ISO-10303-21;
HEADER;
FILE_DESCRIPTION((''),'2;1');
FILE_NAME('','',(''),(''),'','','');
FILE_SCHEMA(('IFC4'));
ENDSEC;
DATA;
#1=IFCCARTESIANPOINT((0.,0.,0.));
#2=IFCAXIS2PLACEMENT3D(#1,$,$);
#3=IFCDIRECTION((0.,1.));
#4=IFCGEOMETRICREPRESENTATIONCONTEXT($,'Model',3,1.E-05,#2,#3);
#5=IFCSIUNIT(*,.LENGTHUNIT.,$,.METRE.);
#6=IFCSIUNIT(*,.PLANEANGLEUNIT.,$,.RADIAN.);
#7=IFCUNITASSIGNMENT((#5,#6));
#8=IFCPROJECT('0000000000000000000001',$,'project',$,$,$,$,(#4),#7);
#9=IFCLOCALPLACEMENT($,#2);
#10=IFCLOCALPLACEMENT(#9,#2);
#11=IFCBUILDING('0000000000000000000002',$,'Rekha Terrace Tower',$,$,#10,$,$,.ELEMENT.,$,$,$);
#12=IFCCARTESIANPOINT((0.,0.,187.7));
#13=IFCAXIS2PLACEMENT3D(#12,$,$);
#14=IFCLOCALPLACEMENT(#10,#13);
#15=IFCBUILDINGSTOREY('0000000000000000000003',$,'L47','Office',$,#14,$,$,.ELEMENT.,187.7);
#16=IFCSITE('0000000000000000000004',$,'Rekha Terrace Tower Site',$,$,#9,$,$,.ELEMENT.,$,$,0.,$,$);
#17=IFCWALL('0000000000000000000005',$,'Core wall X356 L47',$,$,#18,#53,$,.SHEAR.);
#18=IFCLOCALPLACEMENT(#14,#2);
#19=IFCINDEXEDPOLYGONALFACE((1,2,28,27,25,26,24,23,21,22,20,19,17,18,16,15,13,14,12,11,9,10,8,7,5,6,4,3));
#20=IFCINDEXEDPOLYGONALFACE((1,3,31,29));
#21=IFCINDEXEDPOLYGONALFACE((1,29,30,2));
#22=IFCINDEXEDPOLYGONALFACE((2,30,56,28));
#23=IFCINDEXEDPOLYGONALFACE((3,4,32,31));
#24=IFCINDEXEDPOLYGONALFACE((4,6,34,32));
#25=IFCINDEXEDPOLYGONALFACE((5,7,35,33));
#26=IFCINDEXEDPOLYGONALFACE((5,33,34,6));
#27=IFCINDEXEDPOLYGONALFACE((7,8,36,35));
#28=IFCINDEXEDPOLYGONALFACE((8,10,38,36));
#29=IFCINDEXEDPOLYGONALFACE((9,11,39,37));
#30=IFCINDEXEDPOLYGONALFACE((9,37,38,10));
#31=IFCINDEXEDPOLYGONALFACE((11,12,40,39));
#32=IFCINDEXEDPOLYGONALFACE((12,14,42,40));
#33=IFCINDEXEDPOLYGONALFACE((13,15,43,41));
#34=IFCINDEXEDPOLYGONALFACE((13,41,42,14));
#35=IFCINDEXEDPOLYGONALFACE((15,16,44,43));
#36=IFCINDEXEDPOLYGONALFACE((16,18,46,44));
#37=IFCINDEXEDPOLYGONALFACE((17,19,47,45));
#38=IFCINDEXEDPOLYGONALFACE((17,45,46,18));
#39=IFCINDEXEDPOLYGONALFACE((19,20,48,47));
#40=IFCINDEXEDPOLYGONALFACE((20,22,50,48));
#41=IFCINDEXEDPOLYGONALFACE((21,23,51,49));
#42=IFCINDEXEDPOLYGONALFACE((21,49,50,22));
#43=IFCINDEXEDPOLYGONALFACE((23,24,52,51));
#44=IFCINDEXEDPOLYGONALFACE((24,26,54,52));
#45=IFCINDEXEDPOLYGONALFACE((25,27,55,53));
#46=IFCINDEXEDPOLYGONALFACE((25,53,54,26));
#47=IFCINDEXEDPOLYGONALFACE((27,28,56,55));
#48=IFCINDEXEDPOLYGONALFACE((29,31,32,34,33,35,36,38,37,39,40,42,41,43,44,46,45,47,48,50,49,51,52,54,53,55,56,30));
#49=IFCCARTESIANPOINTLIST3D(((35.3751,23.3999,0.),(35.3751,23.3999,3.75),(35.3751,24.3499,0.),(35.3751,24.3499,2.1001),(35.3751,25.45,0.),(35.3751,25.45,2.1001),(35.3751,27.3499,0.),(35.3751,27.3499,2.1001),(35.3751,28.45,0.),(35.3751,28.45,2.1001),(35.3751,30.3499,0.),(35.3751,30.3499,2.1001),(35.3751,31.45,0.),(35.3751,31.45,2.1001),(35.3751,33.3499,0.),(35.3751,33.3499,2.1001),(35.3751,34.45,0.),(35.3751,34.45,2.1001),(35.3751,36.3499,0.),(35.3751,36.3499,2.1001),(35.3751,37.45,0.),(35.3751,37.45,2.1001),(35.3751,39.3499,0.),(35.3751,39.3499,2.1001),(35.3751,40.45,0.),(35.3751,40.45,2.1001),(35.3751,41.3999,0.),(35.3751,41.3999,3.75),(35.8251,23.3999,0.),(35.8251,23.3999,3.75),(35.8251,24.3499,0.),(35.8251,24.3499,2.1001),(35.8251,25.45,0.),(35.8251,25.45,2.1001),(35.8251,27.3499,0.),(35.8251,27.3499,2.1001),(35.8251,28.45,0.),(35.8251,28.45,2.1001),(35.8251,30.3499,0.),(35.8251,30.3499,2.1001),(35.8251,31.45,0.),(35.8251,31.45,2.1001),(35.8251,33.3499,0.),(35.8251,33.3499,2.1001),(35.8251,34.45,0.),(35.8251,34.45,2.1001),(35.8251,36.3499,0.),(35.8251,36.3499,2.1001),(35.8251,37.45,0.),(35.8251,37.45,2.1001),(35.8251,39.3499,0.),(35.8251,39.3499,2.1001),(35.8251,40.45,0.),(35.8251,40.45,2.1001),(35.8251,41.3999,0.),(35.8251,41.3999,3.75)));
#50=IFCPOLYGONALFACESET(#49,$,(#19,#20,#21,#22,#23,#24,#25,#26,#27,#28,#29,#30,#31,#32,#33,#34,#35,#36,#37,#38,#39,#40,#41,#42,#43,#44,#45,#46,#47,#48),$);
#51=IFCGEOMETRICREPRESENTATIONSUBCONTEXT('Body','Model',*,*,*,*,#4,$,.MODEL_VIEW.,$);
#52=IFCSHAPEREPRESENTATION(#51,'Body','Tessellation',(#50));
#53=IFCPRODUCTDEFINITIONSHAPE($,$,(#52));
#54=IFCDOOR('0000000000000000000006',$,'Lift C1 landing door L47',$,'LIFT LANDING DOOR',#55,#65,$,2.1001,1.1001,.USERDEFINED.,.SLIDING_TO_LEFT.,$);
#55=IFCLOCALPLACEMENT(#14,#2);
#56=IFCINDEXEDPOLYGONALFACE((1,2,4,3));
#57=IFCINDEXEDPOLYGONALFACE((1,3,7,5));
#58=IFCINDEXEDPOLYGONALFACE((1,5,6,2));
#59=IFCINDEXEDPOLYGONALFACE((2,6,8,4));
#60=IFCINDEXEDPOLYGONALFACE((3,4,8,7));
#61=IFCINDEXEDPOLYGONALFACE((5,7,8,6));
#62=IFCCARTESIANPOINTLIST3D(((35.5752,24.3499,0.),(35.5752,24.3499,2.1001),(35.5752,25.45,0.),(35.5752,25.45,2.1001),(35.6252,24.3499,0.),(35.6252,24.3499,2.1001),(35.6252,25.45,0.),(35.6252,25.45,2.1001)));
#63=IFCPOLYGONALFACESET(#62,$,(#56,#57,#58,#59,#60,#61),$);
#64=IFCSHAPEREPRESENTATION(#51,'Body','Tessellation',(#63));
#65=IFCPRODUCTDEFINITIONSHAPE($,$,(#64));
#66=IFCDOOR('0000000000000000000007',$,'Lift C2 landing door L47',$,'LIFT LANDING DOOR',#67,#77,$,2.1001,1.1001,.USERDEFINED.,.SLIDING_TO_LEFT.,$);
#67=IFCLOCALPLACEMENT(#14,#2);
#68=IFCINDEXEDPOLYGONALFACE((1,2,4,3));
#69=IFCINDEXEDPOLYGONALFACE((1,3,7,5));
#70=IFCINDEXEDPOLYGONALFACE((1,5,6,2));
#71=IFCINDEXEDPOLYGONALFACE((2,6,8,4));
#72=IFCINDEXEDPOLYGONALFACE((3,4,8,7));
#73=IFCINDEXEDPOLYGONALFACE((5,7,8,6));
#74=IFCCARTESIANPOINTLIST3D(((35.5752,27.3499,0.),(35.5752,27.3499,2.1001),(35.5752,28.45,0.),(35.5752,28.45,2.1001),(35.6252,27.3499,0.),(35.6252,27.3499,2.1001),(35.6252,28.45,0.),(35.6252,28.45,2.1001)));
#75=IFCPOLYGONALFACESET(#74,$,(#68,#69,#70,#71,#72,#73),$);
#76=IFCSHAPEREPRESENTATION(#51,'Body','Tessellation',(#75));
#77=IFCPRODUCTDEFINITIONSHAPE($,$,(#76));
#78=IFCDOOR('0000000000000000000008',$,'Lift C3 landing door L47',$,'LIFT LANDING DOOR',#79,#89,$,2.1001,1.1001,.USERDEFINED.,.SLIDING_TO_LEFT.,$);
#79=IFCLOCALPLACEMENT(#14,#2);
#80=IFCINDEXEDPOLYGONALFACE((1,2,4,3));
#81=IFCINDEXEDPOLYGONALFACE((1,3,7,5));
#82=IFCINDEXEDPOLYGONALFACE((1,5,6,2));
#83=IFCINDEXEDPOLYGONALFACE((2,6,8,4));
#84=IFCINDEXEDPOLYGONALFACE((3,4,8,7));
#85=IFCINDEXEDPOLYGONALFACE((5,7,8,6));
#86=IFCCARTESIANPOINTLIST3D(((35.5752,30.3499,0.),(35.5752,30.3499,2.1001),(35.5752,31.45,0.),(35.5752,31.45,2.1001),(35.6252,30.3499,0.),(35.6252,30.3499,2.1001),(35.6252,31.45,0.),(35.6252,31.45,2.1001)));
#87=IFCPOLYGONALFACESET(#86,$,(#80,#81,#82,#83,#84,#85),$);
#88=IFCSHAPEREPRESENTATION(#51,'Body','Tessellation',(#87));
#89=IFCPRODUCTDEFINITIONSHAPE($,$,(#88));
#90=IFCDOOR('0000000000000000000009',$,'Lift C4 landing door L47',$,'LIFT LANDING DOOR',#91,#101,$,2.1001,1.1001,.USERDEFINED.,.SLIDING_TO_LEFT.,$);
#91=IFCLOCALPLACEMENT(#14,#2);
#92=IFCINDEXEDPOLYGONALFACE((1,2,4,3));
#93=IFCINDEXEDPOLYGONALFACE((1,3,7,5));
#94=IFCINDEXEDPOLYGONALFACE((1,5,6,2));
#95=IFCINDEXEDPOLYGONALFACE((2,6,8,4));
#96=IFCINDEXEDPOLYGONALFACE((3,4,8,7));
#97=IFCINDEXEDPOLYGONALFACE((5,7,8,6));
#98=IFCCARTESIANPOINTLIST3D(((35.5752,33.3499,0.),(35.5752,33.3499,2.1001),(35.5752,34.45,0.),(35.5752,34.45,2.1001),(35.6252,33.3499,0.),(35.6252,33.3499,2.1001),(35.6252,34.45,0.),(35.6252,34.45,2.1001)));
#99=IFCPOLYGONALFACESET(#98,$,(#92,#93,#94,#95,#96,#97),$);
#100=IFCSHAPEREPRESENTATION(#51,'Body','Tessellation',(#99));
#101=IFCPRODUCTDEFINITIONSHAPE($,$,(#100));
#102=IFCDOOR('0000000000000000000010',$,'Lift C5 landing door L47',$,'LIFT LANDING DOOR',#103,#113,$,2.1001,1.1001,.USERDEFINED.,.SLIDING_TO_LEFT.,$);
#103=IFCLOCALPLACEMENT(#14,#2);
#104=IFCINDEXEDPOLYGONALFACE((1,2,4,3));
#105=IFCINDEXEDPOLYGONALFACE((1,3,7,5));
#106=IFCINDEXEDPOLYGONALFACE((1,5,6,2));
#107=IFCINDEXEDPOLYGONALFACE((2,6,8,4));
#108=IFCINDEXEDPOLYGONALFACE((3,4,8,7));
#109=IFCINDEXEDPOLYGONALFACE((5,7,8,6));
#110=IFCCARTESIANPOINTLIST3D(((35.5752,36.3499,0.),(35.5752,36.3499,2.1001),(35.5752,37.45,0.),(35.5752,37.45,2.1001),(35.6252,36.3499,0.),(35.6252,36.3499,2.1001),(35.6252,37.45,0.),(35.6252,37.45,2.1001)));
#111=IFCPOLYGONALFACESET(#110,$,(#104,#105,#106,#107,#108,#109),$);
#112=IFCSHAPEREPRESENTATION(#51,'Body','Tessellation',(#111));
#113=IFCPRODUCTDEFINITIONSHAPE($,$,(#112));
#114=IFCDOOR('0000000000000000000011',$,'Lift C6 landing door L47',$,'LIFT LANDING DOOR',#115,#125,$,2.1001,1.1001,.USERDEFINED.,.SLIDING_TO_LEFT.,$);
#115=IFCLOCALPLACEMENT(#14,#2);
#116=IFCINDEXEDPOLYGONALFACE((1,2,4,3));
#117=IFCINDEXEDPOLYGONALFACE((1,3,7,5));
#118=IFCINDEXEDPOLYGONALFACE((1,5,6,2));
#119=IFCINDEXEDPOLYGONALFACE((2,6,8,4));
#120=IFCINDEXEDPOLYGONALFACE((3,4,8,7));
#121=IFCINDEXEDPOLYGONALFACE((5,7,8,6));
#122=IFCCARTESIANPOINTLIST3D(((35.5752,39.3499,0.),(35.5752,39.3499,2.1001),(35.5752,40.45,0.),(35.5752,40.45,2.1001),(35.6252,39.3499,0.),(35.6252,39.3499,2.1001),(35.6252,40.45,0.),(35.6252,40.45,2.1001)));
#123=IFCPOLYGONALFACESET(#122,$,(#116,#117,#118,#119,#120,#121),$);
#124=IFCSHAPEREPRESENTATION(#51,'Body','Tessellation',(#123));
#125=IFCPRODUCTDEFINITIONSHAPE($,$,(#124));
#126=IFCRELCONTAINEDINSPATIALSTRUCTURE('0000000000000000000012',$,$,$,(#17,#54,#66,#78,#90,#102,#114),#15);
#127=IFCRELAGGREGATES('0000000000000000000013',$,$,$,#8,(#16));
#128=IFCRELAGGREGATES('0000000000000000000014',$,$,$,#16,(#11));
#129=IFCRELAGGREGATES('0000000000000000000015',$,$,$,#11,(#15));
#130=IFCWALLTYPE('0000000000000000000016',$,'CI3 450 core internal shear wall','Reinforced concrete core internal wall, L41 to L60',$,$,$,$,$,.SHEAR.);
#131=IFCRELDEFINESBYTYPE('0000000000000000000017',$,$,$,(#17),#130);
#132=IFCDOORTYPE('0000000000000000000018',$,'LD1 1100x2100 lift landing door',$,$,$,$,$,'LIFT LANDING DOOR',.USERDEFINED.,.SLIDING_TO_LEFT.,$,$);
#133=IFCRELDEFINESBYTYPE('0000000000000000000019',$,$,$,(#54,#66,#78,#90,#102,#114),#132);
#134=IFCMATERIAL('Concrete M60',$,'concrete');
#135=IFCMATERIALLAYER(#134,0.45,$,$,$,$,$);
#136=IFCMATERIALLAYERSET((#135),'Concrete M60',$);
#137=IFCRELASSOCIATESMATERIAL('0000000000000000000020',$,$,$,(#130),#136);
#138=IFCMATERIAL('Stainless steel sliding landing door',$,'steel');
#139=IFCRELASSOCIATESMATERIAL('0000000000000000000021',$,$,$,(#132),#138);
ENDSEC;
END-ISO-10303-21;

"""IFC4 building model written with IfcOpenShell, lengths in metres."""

from ifc_helpers import new_model, si_unit, direction, frame, frame_2d, origin, place, context, subcontext, project, spatial, rectangle, extrude, material, layer, layer_set, type_object, element, fill, save


model = new_model("IFC4")

# Units and contexts
model_context = context("Model", 3, precision=1e-05, world=origin(), true_north=direction((0.0, 1.0)))
body_context = subcontext(model_context, "Body", "Model", "MODEL_VIEW")
ifc_project = project(units=[si_unit("LENGTHUNIT", "METRE"), si_unit("PLANEANGLEUNIT", "RADIAN")], contexts=[model_context])

# Site, building, storey
site_placement = place(None, origin())
site = spatial("IfcSite", under=ifc_project, at=site_placement, Name="Rekha Terrace Tower Site", CompositionType="ELEMENT", RefElevation=0.0)
building_placement = place(site_placement, origin())
building = spatial("IfcBuilding", under=site, at=building_placement, Name="Rekha Terrace Tower", CompositionType="ELEMENT")
storey_placement = place(building_placement, frame((0.0, 0.0, 187.7)))
storey = spatial("IfcBuildingStorey", under=building, at=storey_placement, Name="L47", Description="Office", CompositionType="ELEMENT", Elevation=187.7)

# Shared definitions
ifc_material_1 = material(Name="Concrete M60", Category="concrete")

# Wall, openings, doors
ifc_layer_1 = layer(ifc_material_1, 0.45)
ifc_layer_set_1 = layer_set([ifc_layer_1], Name="Concrete M60")
wall_type_1 = type_object("IfcWallType", Name="CI3 450 core internal shear wall", Description="Reinforced concrete core internal wall, L41 to L60", PredefinedType="SHEAR", material=ifc_layer_set_1)
wall_1_placement = place(storey_placement, frame((35.6001, 23.3999, 0.0), z_axis=(0.0, 0.0, 1.0), x_axis=(0.0, 1.0, 0.0)))
wall_1 = element("IfcWall", 1, at=wall_1_placement, inside=storey, type_object=wall_type_1, Name="Core wall X356 L47", PredefinedType="SHEAR", context=body_context, shape_type="SweptSolid", body=[
    extrude(rectangle(XDim=18.0, YDim=0.45, at=frame_2d((9.0, 0.0))), origin(), (0.0, 0.0, 1.0), 3.75),
])
opening_1_placement = place(wall_1_placement, frame((0.95, 0.0, 0.0)))
opening_1 = element("IfcOpeningElement", 2, at=opening_1_placement, cuts=wall_1, PredefinedType="OPENING", context=body_context, shape_type="SweptSolid", body=[
    extrude(rectangle(XDim=1.1001, YDim=2.1001, at=frame_2d((0.55, 1.05))), frame((0.0, 0.2349, 0.0), z_axis=(0.0, -1.0, 0.0), x_axis=(1.0, 0.0, 0.0)), (0.0, 0.0, 1.0), 0.47),
])
opening_2_placement = place(wall_1_placement, frame((3.95, 0.0, 0.0)))
opening_2 = element("IfcOpeningElement", 3, at=opening_2_placement, cuts=wall_1, PredefinedType="OPENING", context=body_context, shape_type="SweptSolid", body=[
    extrude(rectangle(XDim=1.1001, YDim=2.1001, at=frame_2d((0.55, 1.05))), frame((0.0, 0.2349, 0.0), z_axis=(0.0, -1.0, 0.0), x_axis=(1.0, 0.0, 0.0)), (0.0, 0.0, 1.0), 0.47),
])
opening_3_placement = place(wall_1_placement, frame((6.95, 0.0, 0.0)))
opening_3 = element("IfcOpeningElement", 4, at=opening_3_placement, cuts=wall_1, PredefinedType="OPENING", context=body_context, shape_type="SweptSolid", body=[
    extrude(rectangle(XDim=1.1001, YDim=2.1001, at=frame_2d((0.55, 1.05))), frame((0.0, 0.2349, 0.0), z_axis=(0.0, -1.0, 0.0), x_axis=(1.0, 0.0, 0.0)), (0.0, 0.0, 1.0), 0.47),
])
opening_4_placement = place(wall_1_placement, frame((9.95, 0.0, 0.0)))
opening_4 = element("IfcOpeningElement", 5, at=opening_4_placement, cuts=wall_1, PredefinedType="OPENING", context=body_context, shape_type="SweptSolid", body=[
    extrude(rectangle(XDim=1.1001, YDim=2.1001, at=frame_2d((0.55, 1.05))), frame((0.0, 0.2349, 0.0), z_axis=(0.0, -1.0, 0.0), x_axis=(1.0, 0.0, 0.0)), (0.0, 0.0, 1.0), 0.47),
])
opening_5_placement = place(wall_1_placement, frame((12.95, 0.0, 0.0)))
opening_5 = element("IfcOpeningElement", 6, at=opening_5_placement, cuts=wall_1, PredefinedType="OPENING", context=body_context, shape_type="SweptSolid", body=[
    extrude(rectangle(XDim=1.1001, YDim=2.1001, at=frame_2d((0.55, 1.05))), frame((0.0, 0.2349, 0.0), z_axis=(0.0, -1.0, 0.0), x_axis=(1.0, 0.0, 0.0)), (0.0, 0.0, 1.0), 0.47),
])
opening_6_placement = place(wall_1_placement, frame((15.95, 0.0, 0.0)))
opening_6 = element("IfcOpeningElement", 7, at=opening_6_placement, cuts=wall_1, PredefinedType="OPENING", context=body_context, shape_type="SweptSolid", body=[
    extrude(rectangle(XDim=1.1001, YDim=2.1001, at=frame_2d((0.55, 1.05))), frame((0.0, 0.2349, 0.0), z_axis=(0.0, -1.0, 0.0), x_axis=(1.0, 0.0, 0.0)), (0.0, 0.0, 1.0), 0.47),
])
ifc_material_2 = material(Name="Stainless steel sliding landing door", Category="steel")
door_type_1 = type_object("IfcDoorType", Name="LD1 1100x2100 lift landing door", ElementType="LIFT LANDING DOOR", OperationType="SLIDING_TO_LEFT", PredefinedType="USERDEFINED", material=ifc_material_2)
door_1_placement = place(opening_1_placement, origin())
door_1 = element("IfcDoor", 8, at=door_1_placement, inside=storey, type_object=door_type_1, Name="Lift C1 landing door L47", ObjectType="LIFT LANDING DOOR", OperationType="SLIDING_TO_LEFT", OverallHeight=2.1001, OverallWidth=1.1001, PredefinedType="USERDEFINED", context=body_context, shape_type="SweptSolid", body=[
    extrude(rectangle(XDim=1.1001, YDim=2.1001, at=frame_2d((0.55, 1.05))), frame((0.0, 0.0249, 0.0), z_axis=(0.0, -1.0, 0.0), x_axis=(1.0, 0.0, 0.0)), (0.0, 0.0, 1.0), 0.05),
])
fill(opening_1, door_1)
door_2_placement = place(opening_2_placement, origin())
door_2 = element("IfcDoor", 9, at=door_2_placement, inside=storey, type_object=door_type_1, Name="Lift C2 landing door L47", ObjectType="LIFT LANDING DOOR", OperationType="SLIDING_TO_LEFT", OverallHeight=2.1001, OverallWidth=1.1001, PredefinedType="USERDEFINED", context=body_context, shape_type="SweptSolid", body=[
    extrude(rectangle(XDim=1.1001, YDim=2.1001, at=frame_2d((0.55, 1.05))), frame((0.0, 0.0249, 0.0), z_axis=(0.0, -1.0, 0.0), x_axis=(1.0, 0.0, 0.0)), (0.0, 0.0, 1.0), 0.05),
])
fill(opening_2, door_2)
door_3_placement = place(opening_3_placement, origin())
door_3 = element("IfcDoor", 10, at=door_3_placement, inside=storey, type_object=door_type_1, Name="Lift C3 landing door L47", ObjectType="LIFT LANDING DOOR", OperationType="SLIDING_TO_LEFT", OverallHeight=2.1001, OverallWidth=1.1001, PredefinedType="USERDEFINED", context=body_context, shape_type="SweptSolid", body=[
    extrude(rectangle(XDim=1.1001, YDim=2.1001, at=frame_2d((0.55, 1.05))), frame((0.0, 0.0249, 0.0), z_axis=(0.0, -1.0, 0.0), x_axis=(1.0, 0.0, 0.0)), (0.0, 0.0, 1.0), 0.05),
])
fill(opening_3, door_3)
door_4_placement = place(opening_4_placement, origin())
door_4 = element("IfcDoor", 11, at=door_4_placement, inside=storey, type_object=door_type_1, Name="Lift C4 landing door L47", ObjectType="LIFT LANDING DOOR", OperationType="SLIDING_TO_LEFT", OverallHeight=2.1001, OverallWidth=1.1001, PredefinedType="USERDEFINED", context=body_context, shape_type="SweptSolid", body=[
    extrude(rectangle(XDim=1.1001, YDim=2.1001, at=frame_2d((0.55, 1.05))), frame((0.0, 0.0249, 0.0), z_axis=(0.0, -1.0, 0.0), x_axis=(1.0, 0.0, 0.0)), (0.0, 0.0, 1.0), 0.05),
])
fill(opening_4, door_4)
door_5_placement = place(opening_5_placement, origin())
door_5 = element("IfcDoor", 12, at=door_5_placement, inside=storey, type_object=door_type_1, Name="Lift C5 landing door L47", ObjectType="LIFT LANDING DOOR", OperationType="SLIDING_TO_LEFT", OverallHeight=2.1001, OverallWidth=1.1001, PredefinedType="USERDEFINED", context=body_context, shape_type="SweptSolid", body=[
    extrude(rectangle(XDim=1.1001, YDim=2.1001, at=frame_2d((0.55, 1.05))), frame((0.0, 0.0249, 0.0), z_axis=(0.0, -1.0, 0.0), x_axis=(1.0, 0.0, 0.0)), (0.0, 0.0, 1.0), 0.05),
])
fill(opening_5, door_5)
door_6_placement = place(opening_6_placement, origin())
door_6 = element("IfcDoor", 13, at=door_6_placement, inside=storey, type_object=door_type_1, Name="Lift C6 landing door L47", ObjectType="LIFT LANDING DOOR", OperationType="SLIDING_TO_LEFT", OverallHeight=2.1001, OverallWidth=1.1001, PredefinedType="USERDEFINED", context=body_context, shape_type="SweptSolid", body=[
    extrude(rectangle(XDim=1.1001, YDim=2.1001, at=frame_2d((0.55, 1.05))), frame((0.0, 0.0249, 0.0), z_axis=(0.0, -1.0, 0.0), x_axis=(1.0, 0.0, 0.0)), (0.0, 0.0, 1.0), 0.05),
])
fill(opening_6, door_6)

save(model, "model.ifc")
